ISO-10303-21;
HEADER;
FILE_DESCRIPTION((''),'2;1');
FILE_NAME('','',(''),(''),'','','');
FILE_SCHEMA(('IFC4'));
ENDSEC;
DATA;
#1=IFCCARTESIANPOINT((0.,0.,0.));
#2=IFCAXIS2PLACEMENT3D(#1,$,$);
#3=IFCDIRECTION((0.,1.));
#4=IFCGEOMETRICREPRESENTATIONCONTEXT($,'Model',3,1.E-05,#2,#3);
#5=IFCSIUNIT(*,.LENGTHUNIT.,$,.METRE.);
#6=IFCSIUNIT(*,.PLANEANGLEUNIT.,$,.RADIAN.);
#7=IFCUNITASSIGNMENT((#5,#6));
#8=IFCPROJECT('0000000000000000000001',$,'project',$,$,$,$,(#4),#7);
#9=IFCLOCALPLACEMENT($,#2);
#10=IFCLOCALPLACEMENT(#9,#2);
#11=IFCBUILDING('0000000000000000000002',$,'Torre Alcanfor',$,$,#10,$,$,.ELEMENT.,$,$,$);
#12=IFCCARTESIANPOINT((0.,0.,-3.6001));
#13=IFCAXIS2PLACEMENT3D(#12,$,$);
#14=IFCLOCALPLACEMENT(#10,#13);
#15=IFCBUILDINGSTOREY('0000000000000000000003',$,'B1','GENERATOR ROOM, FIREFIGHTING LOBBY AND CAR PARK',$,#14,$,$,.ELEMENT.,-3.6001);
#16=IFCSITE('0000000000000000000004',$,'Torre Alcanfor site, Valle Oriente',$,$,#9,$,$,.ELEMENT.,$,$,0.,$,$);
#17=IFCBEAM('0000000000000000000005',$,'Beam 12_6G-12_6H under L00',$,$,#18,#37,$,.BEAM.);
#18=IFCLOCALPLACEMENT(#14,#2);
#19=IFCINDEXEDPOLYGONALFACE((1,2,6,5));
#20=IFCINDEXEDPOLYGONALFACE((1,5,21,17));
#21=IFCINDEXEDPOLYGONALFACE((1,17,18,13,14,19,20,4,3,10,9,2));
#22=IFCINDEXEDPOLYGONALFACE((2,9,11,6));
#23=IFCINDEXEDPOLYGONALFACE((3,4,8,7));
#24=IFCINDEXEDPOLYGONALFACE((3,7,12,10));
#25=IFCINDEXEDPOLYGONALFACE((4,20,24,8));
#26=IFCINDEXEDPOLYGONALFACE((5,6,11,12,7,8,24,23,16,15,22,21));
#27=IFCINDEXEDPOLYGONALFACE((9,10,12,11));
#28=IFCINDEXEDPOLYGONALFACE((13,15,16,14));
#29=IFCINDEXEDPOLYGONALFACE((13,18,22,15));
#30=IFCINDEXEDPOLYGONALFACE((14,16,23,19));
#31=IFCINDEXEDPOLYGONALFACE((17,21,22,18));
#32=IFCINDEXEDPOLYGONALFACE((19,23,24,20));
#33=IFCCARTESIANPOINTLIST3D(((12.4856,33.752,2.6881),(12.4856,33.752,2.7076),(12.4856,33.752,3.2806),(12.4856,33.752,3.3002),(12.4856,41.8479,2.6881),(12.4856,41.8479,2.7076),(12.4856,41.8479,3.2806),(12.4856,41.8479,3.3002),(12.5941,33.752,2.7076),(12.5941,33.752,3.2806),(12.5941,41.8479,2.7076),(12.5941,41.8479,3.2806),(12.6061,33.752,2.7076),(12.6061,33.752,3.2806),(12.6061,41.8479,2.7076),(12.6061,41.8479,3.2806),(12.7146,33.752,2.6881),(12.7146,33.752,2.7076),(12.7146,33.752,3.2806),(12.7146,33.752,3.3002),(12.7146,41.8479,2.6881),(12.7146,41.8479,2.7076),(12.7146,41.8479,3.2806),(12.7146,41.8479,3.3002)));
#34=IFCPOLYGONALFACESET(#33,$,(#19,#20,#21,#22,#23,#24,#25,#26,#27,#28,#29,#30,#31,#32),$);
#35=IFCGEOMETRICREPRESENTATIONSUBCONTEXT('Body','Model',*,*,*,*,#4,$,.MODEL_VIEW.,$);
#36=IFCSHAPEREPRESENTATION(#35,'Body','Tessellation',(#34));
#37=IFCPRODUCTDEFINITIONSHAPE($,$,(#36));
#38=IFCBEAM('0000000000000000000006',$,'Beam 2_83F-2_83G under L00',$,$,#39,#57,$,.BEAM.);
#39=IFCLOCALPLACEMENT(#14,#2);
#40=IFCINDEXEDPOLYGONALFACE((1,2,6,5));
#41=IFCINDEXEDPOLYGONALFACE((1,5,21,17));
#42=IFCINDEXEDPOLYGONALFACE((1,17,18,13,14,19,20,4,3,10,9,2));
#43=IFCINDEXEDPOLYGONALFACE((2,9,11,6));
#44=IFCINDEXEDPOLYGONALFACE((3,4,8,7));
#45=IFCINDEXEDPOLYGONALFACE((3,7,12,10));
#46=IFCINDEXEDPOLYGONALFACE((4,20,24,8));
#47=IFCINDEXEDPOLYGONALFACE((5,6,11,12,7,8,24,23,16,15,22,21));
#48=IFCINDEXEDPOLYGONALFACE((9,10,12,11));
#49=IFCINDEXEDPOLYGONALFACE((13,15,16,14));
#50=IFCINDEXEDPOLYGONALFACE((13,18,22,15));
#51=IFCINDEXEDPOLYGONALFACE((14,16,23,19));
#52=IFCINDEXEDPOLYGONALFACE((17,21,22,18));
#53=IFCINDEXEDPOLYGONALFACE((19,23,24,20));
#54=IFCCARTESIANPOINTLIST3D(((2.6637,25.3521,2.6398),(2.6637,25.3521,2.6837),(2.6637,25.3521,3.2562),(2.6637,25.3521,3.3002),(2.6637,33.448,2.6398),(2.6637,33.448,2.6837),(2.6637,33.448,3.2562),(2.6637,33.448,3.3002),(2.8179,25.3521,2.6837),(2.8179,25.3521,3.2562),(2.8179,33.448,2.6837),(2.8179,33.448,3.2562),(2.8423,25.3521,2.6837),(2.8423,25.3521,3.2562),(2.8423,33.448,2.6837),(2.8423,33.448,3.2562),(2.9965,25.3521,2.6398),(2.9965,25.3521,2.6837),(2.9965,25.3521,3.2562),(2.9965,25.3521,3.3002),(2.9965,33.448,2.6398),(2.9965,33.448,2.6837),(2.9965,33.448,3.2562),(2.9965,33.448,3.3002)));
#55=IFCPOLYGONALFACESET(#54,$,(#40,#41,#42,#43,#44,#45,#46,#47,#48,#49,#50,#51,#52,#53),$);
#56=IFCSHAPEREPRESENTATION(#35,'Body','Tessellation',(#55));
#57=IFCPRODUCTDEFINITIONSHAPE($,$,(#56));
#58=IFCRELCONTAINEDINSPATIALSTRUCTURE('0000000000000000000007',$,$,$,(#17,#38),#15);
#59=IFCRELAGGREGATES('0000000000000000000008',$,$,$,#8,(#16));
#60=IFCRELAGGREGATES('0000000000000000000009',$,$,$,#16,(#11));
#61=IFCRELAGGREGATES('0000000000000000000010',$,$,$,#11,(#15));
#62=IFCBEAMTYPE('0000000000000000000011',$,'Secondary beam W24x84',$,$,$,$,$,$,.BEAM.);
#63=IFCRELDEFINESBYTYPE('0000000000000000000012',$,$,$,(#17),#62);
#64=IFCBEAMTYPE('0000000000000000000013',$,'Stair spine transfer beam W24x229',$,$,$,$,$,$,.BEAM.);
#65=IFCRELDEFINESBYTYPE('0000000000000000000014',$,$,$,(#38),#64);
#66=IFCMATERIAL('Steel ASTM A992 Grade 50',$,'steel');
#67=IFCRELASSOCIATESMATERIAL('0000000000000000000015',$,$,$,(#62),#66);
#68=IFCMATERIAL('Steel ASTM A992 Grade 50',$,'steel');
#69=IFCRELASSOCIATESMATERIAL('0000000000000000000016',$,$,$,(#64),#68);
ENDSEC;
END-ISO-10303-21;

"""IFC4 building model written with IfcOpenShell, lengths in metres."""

from ifc_helpers import new_model, si_unit, direction, frame, origin, origin_2d, place, context, subcontext, project, spatial, i_section, extrude, material, material_profile, profile_set, type_object, element, save


model = new_model("IFC4")

# Units and contexts
model_context = context("Model", 3, precision=1e-05, world=origin(), true_north=direction((0.0, 1.0)))
body_context = subcontext(model_context, "Body", "Model", "MODEL_VIEW")
ifc_project = project(units=[si_unit("LENGTHUNIT", "METRE"), si_unit("PLANEANGLEUNIT", "RADIAN")], contexts=[model_context])

# Site, building, storey
site_placement = place(None, origin())
site = spatial("IfcSite", under=ifc_project, at=site_placement, Name="Torre Alcanfor site, Valle Oriente", CompositionType="ELEMENT", RefElevation=0.0)
building_placement = place(site_placement, origin())
building = spatial("IfcBuilding", under=site, at=building_placement, Name="Torre Alcanfor", CompositionType="ELEMENT")
storey_placement = place(building_placement, frame((0.0, 0.0, -3.6001)))
storey = spatial("IfcBuildingStorey", under=building, at=storey_placement, Name="B1", Description="GENERATOR ROOM, FIREFIGHTING LOBBY AND CAR PARK", CompositionType="ELEMENT", Elevation=-3.6001)

# Beams
ifc_material_1 = material(Name="Steel ASTM A992 Grade 50", Category="steel")
ifc_material_profile_1 = material_profile(ifc_material_1, i_section(OverallWidth=0.229, OverallDepth=0.6121, WebThickness=0.012, FlangeThickness=0.0195, at=origin_2d()), Name="W24x84")
ifc_profile_set_1 = profile_set([ifc_material_profile_1], Name="Steel ASTM A992 Grade 50")
beam_type_1 = type_object("IfcBeamType", Name="Secondary beam W24x84", PredefinedType="BEAM", material=ifc_profile_set_1)
for number, where, z_axis, x_axis, name in (
    (1, (12.6001, 33.752, 2.9941), (0.0, 1.0, 0.0), (-1.0, 0.0, 0.0), "Beam 12_6G-12_6H under L00"),
):
    element("IfcBeam", number, at=place(storey_placement, frame(where, z_axis=z_axis, x_axis=x_axis)), inside=storey, type_object=beam_type_1, Name=name, PredefinedType="BEAM", context=body_context, shape_type="SweptSolid", body=[
        extrude(i_section(OverallWidth=0.229, OverallDepth=0.6121, WebThickness=0.012, FlangeThickness=0.0195, at=origin_2d()), origin(), (0.0, 0.0, 1.0), 8.0959),
    ])
ifc_material_2 = material(Name="Steel ASTM A992 Grade 50", Category="steel")
ifc_material_profile_2 = material_profile(ifc_material_2, i_section(OverallWidth=0.3328, OverallDepth=0.6604, WebThickness=0.0244, FlangeThickness=0.0439, at=origin_2d()), Name="W24x229")
ifc_profile_set_2 = profile_set([ifc_material_profile_2], Name="Steel ASTM A992 Grade 50")
beam_type_2 = type_object("IfcBeamType", Name="Stair spine transfer beam W24x229", PredefinedType="BEAM", material=ifc_profile_set_2)
beam_1_placement = place(storey_placement, frame((2.8301, 25.3521, 2.97), z_axis=(0.0, 1.0, 0.0), x_axis=(-1.0, 0.0, 0.0)))
element("IfcBeam", 2, at=beam_1_placement, inside=storey, type_object=beam_type_2, Name="Beam 2_83F-2_83G under L00", PredefinedType="BEAM", context=body_context, shape_type="SweptSolid", body=[
    extrude(i_section(OverallWidth=0.3328, OverallDepth=0.6604, WebThickness=0.0244, FlangeThickness=0.0439, at=origin_2d()), origin(), (0.0, 0.0, 1.0), 8.0959),
])

save(model, "model.ifc")
